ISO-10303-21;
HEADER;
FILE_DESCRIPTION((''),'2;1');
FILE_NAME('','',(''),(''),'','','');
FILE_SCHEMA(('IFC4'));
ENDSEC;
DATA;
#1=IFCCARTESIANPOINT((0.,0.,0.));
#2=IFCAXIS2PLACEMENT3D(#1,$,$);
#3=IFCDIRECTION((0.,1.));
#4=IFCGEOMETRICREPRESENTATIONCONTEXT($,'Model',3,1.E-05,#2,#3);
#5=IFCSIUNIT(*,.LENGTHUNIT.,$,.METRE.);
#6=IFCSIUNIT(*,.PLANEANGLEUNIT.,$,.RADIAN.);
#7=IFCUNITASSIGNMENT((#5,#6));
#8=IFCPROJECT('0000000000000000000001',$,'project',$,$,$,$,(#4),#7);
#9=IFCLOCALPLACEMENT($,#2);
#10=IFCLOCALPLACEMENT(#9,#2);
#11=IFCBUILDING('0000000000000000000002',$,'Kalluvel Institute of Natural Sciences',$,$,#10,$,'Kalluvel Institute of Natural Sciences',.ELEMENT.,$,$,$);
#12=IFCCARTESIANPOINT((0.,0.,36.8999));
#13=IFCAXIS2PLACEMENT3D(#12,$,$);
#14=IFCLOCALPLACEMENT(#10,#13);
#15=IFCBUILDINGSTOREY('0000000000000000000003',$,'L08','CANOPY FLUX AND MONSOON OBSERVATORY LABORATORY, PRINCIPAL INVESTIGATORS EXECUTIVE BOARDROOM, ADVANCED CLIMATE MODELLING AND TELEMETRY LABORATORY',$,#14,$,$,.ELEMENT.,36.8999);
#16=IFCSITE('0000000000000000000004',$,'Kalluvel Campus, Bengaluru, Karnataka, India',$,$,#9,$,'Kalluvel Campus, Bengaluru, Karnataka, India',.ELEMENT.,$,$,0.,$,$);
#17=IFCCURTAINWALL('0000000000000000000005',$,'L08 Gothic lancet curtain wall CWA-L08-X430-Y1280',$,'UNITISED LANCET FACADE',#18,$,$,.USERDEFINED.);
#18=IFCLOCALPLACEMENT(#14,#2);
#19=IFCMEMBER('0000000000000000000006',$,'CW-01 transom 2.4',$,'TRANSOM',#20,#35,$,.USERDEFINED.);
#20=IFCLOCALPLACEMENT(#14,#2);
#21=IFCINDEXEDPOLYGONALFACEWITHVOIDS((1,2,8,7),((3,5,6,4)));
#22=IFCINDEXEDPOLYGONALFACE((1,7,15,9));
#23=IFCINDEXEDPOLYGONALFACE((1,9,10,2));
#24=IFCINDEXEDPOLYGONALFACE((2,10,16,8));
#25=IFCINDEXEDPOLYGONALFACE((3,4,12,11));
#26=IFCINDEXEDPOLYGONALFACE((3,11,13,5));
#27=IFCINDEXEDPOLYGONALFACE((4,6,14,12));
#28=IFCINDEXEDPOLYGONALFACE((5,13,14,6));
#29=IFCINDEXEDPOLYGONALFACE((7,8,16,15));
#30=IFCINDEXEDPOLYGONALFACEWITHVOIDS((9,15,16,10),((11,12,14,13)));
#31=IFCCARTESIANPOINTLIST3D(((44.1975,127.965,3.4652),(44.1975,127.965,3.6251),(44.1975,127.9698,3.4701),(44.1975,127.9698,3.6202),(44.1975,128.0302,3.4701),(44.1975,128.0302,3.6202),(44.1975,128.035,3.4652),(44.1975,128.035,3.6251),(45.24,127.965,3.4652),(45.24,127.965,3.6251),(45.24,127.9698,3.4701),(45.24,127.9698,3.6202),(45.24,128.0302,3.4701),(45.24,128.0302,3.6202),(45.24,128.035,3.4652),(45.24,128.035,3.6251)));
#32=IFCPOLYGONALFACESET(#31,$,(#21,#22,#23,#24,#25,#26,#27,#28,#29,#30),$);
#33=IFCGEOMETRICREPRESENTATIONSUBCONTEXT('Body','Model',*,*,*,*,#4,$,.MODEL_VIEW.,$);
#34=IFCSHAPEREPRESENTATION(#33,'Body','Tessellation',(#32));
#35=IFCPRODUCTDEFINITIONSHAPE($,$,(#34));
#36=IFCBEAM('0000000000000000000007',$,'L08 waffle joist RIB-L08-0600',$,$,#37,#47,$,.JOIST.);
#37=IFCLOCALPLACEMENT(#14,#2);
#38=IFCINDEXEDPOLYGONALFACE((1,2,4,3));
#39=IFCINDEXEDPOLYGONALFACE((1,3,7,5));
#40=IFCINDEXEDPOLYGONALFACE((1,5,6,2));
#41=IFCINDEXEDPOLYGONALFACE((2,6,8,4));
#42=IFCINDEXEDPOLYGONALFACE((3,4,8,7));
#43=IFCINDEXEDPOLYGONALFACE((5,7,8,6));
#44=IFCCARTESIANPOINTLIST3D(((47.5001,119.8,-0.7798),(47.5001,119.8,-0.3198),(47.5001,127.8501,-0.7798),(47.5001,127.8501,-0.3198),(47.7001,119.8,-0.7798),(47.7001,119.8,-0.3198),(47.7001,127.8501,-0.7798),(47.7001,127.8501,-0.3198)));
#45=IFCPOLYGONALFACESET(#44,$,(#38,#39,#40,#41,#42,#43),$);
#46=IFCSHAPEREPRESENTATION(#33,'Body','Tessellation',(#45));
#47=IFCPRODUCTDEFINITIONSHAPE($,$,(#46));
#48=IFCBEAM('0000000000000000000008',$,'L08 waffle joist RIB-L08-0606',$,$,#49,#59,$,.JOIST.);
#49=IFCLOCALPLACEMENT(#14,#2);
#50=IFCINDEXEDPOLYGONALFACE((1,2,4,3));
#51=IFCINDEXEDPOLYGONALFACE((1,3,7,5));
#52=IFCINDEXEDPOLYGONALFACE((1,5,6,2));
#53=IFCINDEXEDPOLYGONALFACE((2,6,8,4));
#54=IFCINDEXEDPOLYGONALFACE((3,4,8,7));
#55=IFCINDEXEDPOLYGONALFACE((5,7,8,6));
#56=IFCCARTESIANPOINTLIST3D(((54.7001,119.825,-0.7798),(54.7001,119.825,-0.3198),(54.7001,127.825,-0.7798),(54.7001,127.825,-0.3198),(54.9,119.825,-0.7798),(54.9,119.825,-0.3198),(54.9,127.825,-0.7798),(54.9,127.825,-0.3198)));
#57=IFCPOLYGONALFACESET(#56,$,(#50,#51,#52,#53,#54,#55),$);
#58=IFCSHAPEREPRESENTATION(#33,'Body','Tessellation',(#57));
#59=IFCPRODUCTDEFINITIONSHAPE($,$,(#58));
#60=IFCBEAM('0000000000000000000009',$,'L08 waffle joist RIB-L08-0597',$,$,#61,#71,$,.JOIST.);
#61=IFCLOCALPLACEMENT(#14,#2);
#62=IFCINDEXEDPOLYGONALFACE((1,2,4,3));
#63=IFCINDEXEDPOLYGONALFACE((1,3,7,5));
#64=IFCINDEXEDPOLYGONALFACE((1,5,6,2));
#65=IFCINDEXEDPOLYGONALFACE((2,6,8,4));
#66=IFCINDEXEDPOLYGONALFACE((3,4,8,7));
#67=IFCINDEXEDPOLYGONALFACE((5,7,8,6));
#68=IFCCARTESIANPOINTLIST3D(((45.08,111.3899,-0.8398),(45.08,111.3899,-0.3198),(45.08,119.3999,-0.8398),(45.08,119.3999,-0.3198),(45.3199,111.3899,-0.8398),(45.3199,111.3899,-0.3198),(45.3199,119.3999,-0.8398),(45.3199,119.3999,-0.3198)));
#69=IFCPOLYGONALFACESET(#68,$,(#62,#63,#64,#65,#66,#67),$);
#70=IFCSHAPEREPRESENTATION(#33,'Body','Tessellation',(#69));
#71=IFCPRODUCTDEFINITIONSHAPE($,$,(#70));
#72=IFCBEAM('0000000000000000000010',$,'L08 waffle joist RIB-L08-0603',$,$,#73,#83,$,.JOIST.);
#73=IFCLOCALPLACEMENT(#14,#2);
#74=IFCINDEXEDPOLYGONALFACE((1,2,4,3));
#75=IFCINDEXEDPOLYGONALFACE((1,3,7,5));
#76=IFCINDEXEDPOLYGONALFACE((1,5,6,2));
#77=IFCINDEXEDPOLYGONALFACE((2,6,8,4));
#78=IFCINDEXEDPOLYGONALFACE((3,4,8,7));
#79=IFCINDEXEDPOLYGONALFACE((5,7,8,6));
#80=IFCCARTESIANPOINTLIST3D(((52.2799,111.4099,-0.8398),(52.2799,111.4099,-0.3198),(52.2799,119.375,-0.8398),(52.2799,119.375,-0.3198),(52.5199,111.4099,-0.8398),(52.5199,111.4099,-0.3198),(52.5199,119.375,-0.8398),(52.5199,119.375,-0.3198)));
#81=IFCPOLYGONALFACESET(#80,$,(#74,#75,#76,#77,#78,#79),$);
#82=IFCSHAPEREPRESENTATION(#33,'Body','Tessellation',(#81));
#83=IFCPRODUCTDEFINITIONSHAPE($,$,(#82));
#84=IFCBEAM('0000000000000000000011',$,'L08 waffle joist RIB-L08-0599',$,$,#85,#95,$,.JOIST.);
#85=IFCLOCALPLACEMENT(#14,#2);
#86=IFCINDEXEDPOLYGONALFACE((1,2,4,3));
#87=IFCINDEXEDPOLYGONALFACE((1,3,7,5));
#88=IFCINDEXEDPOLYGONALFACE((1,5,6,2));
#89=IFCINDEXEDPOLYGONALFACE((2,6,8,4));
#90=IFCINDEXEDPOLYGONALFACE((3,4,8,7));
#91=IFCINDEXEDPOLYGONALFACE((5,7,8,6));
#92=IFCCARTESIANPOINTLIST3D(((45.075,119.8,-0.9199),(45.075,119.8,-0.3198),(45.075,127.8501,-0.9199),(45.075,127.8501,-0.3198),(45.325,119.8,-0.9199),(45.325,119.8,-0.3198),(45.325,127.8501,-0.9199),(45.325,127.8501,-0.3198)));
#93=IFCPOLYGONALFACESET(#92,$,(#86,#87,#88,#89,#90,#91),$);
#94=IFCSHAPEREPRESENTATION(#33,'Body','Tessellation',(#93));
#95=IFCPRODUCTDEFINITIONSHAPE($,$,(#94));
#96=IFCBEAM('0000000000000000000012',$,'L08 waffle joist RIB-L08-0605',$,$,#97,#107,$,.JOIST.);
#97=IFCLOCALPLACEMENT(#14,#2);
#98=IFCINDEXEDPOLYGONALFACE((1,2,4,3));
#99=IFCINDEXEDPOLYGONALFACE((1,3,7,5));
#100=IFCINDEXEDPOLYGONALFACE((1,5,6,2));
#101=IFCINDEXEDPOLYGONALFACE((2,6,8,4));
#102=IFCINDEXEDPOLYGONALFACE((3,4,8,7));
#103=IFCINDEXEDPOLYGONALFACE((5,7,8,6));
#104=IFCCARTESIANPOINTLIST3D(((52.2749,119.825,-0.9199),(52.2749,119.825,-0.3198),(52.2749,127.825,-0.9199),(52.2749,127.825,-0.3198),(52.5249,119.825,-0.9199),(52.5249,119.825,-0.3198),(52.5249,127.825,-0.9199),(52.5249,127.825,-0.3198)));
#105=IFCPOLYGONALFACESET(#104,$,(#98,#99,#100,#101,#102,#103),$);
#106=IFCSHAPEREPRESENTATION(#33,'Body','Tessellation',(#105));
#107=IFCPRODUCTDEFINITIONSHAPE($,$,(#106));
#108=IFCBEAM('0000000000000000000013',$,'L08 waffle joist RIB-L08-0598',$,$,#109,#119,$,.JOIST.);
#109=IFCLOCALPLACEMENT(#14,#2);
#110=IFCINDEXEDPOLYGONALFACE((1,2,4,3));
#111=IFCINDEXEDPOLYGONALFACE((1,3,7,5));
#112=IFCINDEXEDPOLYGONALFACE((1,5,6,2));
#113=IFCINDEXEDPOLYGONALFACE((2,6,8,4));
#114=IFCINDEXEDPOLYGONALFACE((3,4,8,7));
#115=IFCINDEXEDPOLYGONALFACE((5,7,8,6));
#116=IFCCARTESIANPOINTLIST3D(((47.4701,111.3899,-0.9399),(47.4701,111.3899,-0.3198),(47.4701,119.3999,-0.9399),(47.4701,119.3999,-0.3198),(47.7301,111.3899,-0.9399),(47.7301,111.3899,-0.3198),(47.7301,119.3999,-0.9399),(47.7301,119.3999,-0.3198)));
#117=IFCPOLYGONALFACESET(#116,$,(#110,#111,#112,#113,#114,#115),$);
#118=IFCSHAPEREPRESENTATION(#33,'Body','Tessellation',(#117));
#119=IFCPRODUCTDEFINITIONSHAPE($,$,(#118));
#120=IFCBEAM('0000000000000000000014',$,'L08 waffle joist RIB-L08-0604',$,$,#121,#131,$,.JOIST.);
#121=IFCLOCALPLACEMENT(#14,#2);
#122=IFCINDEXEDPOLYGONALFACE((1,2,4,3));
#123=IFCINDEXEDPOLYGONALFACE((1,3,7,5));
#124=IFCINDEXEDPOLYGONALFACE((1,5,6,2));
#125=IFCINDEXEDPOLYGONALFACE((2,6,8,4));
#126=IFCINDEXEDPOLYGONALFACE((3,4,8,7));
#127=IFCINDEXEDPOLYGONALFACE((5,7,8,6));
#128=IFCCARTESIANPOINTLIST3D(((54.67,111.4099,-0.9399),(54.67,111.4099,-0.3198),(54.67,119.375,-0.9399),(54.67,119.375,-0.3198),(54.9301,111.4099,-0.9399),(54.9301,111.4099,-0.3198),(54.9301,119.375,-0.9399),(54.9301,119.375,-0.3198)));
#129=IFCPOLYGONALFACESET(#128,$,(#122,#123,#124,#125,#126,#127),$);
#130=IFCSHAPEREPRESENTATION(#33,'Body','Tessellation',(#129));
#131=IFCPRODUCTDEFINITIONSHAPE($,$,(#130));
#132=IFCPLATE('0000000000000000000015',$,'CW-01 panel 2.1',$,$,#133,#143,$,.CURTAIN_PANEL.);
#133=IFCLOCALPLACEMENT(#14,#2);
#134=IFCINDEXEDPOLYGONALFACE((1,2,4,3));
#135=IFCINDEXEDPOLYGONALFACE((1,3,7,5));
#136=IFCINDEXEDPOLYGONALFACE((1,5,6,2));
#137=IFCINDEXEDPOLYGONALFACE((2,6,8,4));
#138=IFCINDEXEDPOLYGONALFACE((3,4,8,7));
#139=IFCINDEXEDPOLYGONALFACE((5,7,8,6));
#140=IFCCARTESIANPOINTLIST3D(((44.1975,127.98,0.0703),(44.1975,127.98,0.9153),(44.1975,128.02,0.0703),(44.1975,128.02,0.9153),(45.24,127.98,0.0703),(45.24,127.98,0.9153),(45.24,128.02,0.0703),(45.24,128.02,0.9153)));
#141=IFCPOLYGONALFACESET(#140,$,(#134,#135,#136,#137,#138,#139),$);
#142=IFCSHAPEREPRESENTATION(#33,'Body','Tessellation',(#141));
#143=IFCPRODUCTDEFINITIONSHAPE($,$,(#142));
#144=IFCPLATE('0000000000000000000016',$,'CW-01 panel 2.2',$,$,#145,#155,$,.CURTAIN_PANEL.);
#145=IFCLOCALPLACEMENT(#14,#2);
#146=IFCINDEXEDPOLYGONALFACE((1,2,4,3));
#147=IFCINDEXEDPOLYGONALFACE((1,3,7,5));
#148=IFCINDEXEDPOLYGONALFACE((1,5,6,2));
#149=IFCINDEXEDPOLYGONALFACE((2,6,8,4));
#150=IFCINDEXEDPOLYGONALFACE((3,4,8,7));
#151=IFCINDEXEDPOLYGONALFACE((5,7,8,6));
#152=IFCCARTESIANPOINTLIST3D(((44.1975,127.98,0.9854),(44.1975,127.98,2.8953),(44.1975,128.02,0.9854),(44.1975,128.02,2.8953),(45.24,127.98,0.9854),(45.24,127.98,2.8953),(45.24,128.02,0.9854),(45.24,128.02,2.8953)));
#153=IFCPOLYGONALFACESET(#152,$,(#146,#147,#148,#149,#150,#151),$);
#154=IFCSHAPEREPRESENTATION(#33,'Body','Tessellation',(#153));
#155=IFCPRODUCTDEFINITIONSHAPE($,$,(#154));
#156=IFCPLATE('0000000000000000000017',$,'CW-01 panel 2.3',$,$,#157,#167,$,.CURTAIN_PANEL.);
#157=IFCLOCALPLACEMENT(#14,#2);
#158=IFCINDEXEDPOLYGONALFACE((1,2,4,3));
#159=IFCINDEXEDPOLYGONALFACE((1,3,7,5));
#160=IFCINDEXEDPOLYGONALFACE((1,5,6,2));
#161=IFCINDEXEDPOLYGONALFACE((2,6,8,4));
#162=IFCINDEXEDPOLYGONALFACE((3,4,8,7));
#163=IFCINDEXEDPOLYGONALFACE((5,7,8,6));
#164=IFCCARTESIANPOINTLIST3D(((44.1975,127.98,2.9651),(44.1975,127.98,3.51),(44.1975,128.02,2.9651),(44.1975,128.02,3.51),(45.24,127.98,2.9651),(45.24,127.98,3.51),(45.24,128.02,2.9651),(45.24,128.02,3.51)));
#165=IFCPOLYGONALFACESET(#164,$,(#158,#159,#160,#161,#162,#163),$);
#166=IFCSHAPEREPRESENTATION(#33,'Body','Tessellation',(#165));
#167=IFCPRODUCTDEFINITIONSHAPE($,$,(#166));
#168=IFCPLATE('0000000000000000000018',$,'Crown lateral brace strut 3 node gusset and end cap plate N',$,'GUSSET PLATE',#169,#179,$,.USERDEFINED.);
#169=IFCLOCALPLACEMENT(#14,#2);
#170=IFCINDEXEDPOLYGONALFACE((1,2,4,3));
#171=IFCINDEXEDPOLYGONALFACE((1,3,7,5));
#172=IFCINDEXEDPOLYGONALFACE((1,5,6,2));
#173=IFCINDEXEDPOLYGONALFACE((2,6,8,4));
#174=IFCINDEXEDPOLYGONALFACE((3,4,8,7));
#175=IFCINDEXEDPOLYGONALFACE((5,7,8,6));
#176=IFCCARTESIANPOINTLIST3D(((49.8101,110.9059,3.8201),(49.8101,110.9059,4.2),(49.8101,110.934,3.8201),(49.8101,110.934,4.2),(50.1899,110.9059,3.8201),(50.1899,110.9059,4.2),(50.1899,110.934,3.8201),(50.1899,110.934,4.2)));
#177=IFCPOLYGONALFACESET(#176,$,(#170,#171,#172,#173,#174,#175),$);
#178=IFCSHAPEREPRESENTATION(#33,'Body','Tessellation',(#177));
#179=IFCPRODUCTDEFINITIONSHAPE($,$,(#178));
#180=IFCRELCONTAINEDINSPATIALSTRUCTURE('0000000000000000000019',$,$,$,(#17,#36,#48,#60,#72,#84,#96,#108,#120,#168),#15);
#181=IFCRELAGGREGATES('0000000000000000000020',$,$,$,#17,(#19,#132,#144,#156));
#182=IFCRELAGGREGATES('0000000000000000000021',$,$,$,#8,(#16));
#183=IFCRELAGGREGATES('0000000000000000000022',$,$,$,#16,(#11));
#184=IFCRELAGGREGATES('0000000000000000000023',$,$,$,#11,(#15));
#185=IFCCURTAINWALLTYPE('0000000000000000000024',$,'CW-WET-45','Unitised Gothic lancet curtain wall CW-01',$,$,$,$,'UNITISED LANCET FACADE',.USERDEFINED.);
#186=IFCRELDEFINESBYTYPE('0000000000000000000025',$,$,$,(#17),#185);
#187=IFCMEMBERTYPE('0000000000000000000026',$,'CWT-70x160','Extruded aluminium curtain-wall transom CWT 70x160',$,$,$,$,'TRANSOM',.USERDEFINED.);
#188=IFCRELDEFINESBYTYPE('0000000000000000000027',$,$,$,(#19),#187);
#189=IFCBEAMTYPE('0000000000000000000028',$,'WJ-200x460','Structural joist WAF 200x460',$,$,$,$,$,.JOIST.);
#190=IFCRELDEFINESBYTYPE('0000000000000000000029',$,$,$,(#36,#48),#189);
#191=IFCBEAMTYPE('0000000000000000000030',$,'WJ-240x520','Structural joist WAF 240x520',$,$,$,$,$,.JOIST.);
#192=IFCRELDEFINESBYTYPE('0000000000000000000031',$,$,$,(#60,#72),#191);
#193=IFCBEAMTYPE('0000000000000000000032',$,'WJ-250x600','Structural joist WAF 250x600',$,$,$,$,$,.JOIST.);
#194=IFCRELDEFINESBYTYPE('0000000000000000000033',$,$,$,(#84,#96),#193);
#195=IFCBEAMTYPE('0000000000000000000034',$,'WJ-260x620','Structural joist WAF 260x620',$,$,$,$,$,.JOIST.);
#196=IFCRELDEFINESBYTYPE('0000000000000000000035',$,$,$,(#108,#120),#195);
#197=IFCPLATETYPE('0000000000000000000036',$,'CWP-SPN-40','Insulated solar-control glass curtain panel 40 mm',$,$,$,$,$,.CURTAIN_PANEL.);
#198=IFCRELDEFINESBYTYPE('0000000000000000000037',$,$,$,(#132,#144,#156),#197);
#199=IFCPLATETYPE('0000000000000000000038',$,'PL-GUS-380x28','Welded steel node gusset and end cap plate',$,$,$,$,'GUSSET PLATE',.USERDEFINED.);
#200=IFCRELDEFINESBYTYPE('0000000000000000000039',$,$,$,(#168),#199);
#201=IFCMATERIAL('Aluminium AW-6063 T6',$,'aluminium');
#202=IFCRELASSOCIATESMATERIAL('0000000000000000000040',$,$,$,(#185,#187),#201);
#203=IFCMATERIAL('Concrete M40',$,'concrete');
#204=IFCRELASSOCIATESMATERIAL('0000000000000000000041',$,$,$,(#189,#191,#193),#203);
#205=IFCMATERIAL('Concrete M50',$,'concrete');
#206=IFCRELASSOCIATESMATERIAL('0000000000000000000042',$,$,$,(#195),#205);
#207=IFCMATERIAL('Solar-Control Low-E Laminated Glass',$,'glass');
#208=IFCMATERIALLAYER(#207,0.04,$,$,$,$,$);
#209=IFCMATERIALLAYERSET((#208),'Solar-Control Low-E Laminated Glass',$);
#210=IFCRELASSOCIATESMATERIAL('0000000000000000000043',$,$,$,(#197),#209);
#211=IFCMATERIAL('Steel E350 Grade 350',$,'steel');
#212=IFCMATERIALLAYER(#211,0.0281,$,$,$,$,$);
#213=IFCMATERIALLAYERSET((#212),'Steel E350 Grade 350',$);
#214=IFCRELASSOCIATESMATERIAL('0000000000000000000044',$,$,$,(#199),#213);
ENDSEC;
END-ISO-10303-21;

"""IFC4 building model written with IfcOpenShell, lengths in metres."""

from ifc_helpers import new_model, si_unit, direction, frame, origin, origin_2d, place, context, subcontext, project, spatial, rectangle, hollow_rectangle, extrude, material, layer, layer_set, material_profile, profile_set, type_object, element, aggregate, save


model = new_model("IFC4")

# Units and contexts
model_context = context("Model", 3, precision=1e-05, world=origin(), true_north=direction((0.0, 1.0)))
body_context = subcontext(model_context, "Body", "Model", "MODEL_VIEW")
ifc_project = project(units=[si_unit("LENGTHUNIT", "METRE"), si_unit("PLANEANGLEUNIT", "RADIAN")], contexts=[model_context])

# Site, building, storey
site_placement = place(None, origin())
site = spatial("IfcSite", under=ifc_project, at=site_placement, Name="Kalluvel Campus, Bengaluru, Karnataka, India", LongName="Kalluvel Campus, Bengaluru, Karnataka, India", CompositionType="ELEMENT", RefElevation=0.0)
building_placement = place(site_placement, origin())
building = spatial("IfcBuilding", under=site, at=building_placement, Name="Kalluvel Institute of Natural Sciences", LongName="Kalluvel Institute of Natural Sciences", CompositionType="ELEMENT")
storey_placement = place(building_placement, frame((0.0, 0.0, 36.8999)))
storey = spatial("IfcBuildingStorey", under=building, at=storey_placement, Name="L08", Description="CANOPY FLUX AND MONSOON OBSERVATORY LABORATORY, PRINCIPAL INVESTIGATORS EXECUTIVE BOARDROOM, ADVANCED CLIMATE MODELLING AND TELEMETRY LABORATORY", CompositionType="ELEMENT", Elevation=36.8999)

# Shared definitions
ifc_material_1 = material(Name="Concrete M40", Category="concrete")

# Shared definitions
ifc_material_2 = material(Name="Steel E350 Grade 350", Category="steel")
ifc_material_3 = material(Name="Concrete M50", Category="concrete")

# Curtain wall, member
ifc_material_4 = material(Name="Aluminium AW-6063 T6", Category="aluminium")
curtain_wall_type = type_object("IfcCurtainWallType", Name="CW-WET-45", Description="Unitised Gothic lancet curtain wall CW-01", ElementType="UNITISED LANCET FACADE", PredefinedType="USERDEFINED", material=ifc_material_4)
curtain_wall_placement = place(storey_placement, origin())
curtain_wall = element("IfcCurtainWall", 1, at=curtain_wall_placement, inside=storey, type_object=curtain_wall_type, Name="L08 Gothic lancet curtain wall CWA-L08-X430-Y1280", ObjectType="UNITISED LANCET FACADE", PredefinedType="USERDEFINED")
ifc_material_profile_1 = material_profile(ifc_material_4, hollow_rectangle(XDim=0.0701, YDim=0.1599, WallThickness=0.0049, at=origin_2d()), Name="CWT 70x160")
ifc_profile_set_1 = profile_set([ifc_material_profile_1], Name="Aluminium AW-6063 T6")
member_type = type_object("IfcMemberType", Name="CWT-70x160", Description="Extruded aluminium curtain-wall transom CWT 70x160", ElementType="TRANSOM", PredefinedType="USERDEFINED", material=ifc_profile_set_1)
member_placement = place(storey_placement, frame((44.1975, 128.0, 3.5452), z_axis=(1.0, 0.0, 0.0), x_axis=(0.0, 1.0, 0.0)))
member = element("IfcMember", 2, at=member_placement, type_object=member_type, Name="CW-01 transom 2.4", ObjectType="TRANSOM", PredefinedType="USERDEFINED", context=body_context, shape_type="SweptSolid", body=[
    extrude(hollow_rectangle(XDim=0.0701, YDim=0.1599, WallThickness=0.0049, at=origin_2d()), origin(), (0.0, 0.0, 1.0), 1.0425),
])

# Beams
ifc_material_profile_2 = material_profile(ifc_material_1, rectangle(XDim=0.2, YDim=0.46, at=origin_2d()), Name="WAF 200x460")
ifc_profile_set_2 = profile_set([ifc_material_profile_2], Name="Concrete M40")
beam_type_1 = type_object("IfcBeamType", Name="WJ-200x460", Description="Structural joist WAF 200x460", PredefinedType="JOIST", material=ifc_profile_set_2)
beam_1_placement = place(storey_placement, frame((47.6001, 119.8, -0.5498), z_axis=(0.0, 1.0, 0.0), x_axis=(-1.0, 0.0, 0.0)))
element("IfcBeam", 3, at=beam_1_placement, inside=storey, type_object=beam_type_1, Name="L08 waffle joist RIB-L08-0600", PredefinedType="JOIST", context=body_context, shape_type="SweptSolid", body=[
    extrude(rectangle(XDim=0.2, YDim=0.46, at=origin_2d()), origin(), (0.0, 0.0, 1.0), 8.05),
])
beam_2_placement = place(storey_placement, frame((54.8, 119.825, -0.5498), z_axis=(0.0, 1.0, 0.0), x_axis=(-1.0, 0.0, 0.0)))
element("IfcBeam", 4, at=beam_2_placement, inside=storey, type_object=beam_type_1, Name="L08 waffle joist RIB-L08-0606", PredefinedType="JOIST", context=body_context, shape_type="SweptSolid", body=[
    extrude(rectangle(XDim=0.2, YDim=0.46, at=origin_2d()), origin(), (0.0, 0.0, 1.0), 8.0),
])
ifc_material_profile_3 = material_profile(ifc_material_1, rectangle(XDim=0.24, YDim=0.52, at=origin_2d()), Name="WAF 240x520")
ifc_profile_set_3 = profile_set([ifc_material_profile_3], Name="Concrete M40")
beam_type_2 = type_object("IfcBeamType", Name="WJ-240x520", Description="Structural joist WAF 240x520", PredefinedType="JOIST", material=ifc_profile_set_3)
beam_3_placement = place(storey_placement, frame((45.2, 111.3899, -0.5798), z_axis=(0.0, 1.0, 0.0), x_axis=(-1.0, 0.0, 0.0)))
element("IfcBeam", 5, at=beam_3_placement, inside=storey, type_object=beam_type_2, Name="L08 waffle joist RIB-L08-0597", PredefinedType="JOIST", context=body_context, shape_type="SweptSolid", body=[
    extrude(rectangle(XDim=0.24, YDim=0.52, at=origin_2d()), origin(), (0.0, 0.0, 1.0), 8.01),
])
beam_4_placement = place(storey_placement, frame((52.3999, 111.4099, -0.5798), z_axis=(0.0, 1.0, 0.0), x_axis=(-1.0, 0.0, 0.0)))
element("IfcBeam", 6, at=beam_4_placement, inside=storey, type_object=beam_type_2, Name="L08 waffle joist RIB-L08-0603", PredefinedType="JOIST", context=body_context, shape_type="SweptSolid", body=[
    extrude(rectangle(XDim=0.24, YDim=0.52, at=origin_2d()), origin(), (0.0, 0.0, 1.0), 7.9651),
])
ifc_material_profile_4 = material_profile(ifc_material_1, rectangle(XDim=0.25, YDim=0.6001, at=origin_2d()), Name="WAF 250x600")
ifc_profile_set_4 = profile_set([ifc_material_profile_4], Name="Concrete M40")
beam_type_3 = type_object("IfcBeamType", Name="WJ-250x600", Description="Structural joist WAF 250x600", PredefinedType="JOIST", material=ifc_profile_set_4)
beam_5_placement = place(storey_placement, frame((45.2, 119.8, -0.6199), z_axis=(0.0, 1.0, 0.0), x_axis=(-1.0, 0.0, 0.0)))
element("IfcBeam", 7, at=beam_5_placement, inside=storey, type_object=beam_type_3, Name="L08 waffle joist RIB-L08-0599", PredefinedType="JOIST", context=body_context, shape_type="SweptSolid", body=[
    extrude(rectangle(XDim=0.25, YDim=0.6001, at=origin_2d()), origin(), (0.0, 0.0, 1.0), 8.05),
])
beam_6_placement = place(storey_placement, frame((52.3999, 119.825, -0.6199), z_axis=(0.0, 1.0, 0.0), x_axis=(-1.0, 0.0, 0.0)))
element("IfcBeam", 8, at=beam_6_placement, inside=storey, type_object=beam_type_3, Name="L08 waffle joist RIB-L08-0605", PredefinedType="JOIST", context=body_context, shape_type="SweptSolid", body=[
    extrude(rectangle(XDim=0.25, YDim=0.6001, at=origin_2d()), origin(), (0.0, 0.0, 1.0), 8.0),
])
ifc_material_profile_5 = material_profile(ifc_material_3, rectangle(XDim=0.26, YDim=0.6201, at=origin_2d()), Name="WAF 260x620")
ifc_profile_set_5 = profile_set([ifc_material_profile_5], Name="Concrete M50")
beam_type_4 = type_object("IfcBeamType", Name="WJ-260x620", Description="Structural joist WAF 260x620", PredefinedType="JOIST", material=ifc_profile_set_5)
beam_7_placement = place(storey_placement, frame((47.6001, 111.3899, -0.6299), z_axis=(0.0, 1.0, 0.0), x_axis=(-1.0, 0.0, 0.0)))
element("IfcBeam", 9, at=beam_7_placement, inside=storey, type_object=beam_type_4, Name="L08 waffle joist RIB-L08-0598", PredefinedType="JOIST", context=body_context, shape_type="SweptSolid", body=[
    extrude(rectangle(XDim=0.26, YDim=0.6201, at=origin_2d()), origin(), (0.0, 0.0, 1.0), 8.01),
])
beam_8_placement = place(storey_placement, frame((54.8, 111.4099, -0.6299), z_axis=(0.0, 1.0, 0.0), x_axis=(-1.0, 0.0, 0.0)))
element("IfcBeam", 10, at=beam_8_placement, inside=storey, type_object=beam_type_4, Name="L08 waffle joist RIB-L08-0604", PredefinedType="JOIST", context=body_context, shape_type="SweptSolid", body=[
    extrude(rectangle(XDim=0.26, YDim=0.6201, at=origin_2d()), origin(), (0.0, 0.0, 1.0), 7.9651),
])

# Plates
ifc_material_5 = material(Name="Solar-Control Low-E Laminated Glass", Category="glass")
ifc_layer_1 = layer(ifc_material_5, 0.04)
ifc_layer_set_1 = layer_set([ifc_layer_1], Name="Solar-Control Low-E Laminated Glass")
plate_type_1 = type_object("IfcPlateType", Name="CWP-SPN-40", Description="Insulated solar-control glass curtain panel 40 mm", PredefinedType="CURTAIN_PANEL", material=ifc_layer_set_1)
plate_1_placement = place(storey_placement, frame((44.7188, 128.0, 0.0703), z_axis=(0.0, 0.0, 1.0), x_axis=(1.0, 0.0, 0.0)))
plate_1 = element("IfcPlate", 11, at=plate_1_placement, type_object=plate_type_1, Name="CW-01 panel 2.1", PredefinedType="CURTAIN_PANEL", context=body_context, shape_type="SweptSolid", body=[
    extrude(rectangle(XDim=1.0425, YDim=0.04, at=origin_2d()), origin(), (0.0, 0.0, 1.0), 0.845),
])
plate_2_placement = place(storey_placement, frame((44.7188, 128.0, 0.9854), z_axis=(0.0, 0.0, 1.0), x_axis=(1.0, 0.0, 0.0)))
plate_2 = element("IfcPlate", 12, at=plate_2_placement, type_object=plate_type_1, Name="CW-01 panel 2.2", PredefinedType="CURTAIN_PANEL", context=body_context, shape_type="SweptSolid", body=[
    extrude(rectangle(XDim=1.0425, YDim=0.04, at=origin_2d()), origin(), (0.0, 0.0, 1.0), 1.9099),
])
plate_3_placement = place(storey_placement, frame((44.7188, 128.0, 2.9651), z_axis=(0.0, 0.0, 1.0), x_axis=(1.0, 0.0, 0.0)))
plate_3 = element("IfcPlate", 13, at=plate_3_placement, type_object=plate_type_1, Name="CW-01 panel 2.3", PredefinedType="CURTAIN_PANEL", context=body_context, shape_type="SweptSolid", body=[
    extrude(rectangle(XDim=1.0425, YDim=0.04, at=origin_2d()), origin(), (0.0, 0.0, 1.0), 0.5449),
])
aggregate(curtain_wall, [member, plate_1, plate_2, plate_3])
ifc_layer_2 = layer(ifc_material_2, 0.0281)
ifc_layer_set_2 = layer_set([ifc_layer_2], Name="Steel E350 Grade 350")
plate_type_2 = type_object("IfcPlateType", Name="PL-GUS-380x28", Description="Welded steel node gusset and end cap plate", ElementType="GUSSET PLATE", PredefinedType="USERDEFINED", material=ifc_layer_set_2)
plate_4_placement = place(storey_placement, frame((50.0, 110.9199, 3.8201), z_axis=(0.0, 0.0, 1.0), x_axis=(1.0, 0.0, 0.0)))
element("IfcPlate", 14, at=plate_4_placement, inside=storey, type_object=plate_type_2, Name="Crown lateral brace strut 3 node gusset and end cap plate N", ObjectType="GUSSET PLATE", PredefinedType="USERDEFINED", context=body_context, shape_type="SweptSolid", body=[
    extrude(rectangle(XDim=0.3799, YDim=0.0281, at=origin_2d()), origin(), (0.0, 0.0, 1.0), 0.3799),
])

save(model, "model.ifc")
